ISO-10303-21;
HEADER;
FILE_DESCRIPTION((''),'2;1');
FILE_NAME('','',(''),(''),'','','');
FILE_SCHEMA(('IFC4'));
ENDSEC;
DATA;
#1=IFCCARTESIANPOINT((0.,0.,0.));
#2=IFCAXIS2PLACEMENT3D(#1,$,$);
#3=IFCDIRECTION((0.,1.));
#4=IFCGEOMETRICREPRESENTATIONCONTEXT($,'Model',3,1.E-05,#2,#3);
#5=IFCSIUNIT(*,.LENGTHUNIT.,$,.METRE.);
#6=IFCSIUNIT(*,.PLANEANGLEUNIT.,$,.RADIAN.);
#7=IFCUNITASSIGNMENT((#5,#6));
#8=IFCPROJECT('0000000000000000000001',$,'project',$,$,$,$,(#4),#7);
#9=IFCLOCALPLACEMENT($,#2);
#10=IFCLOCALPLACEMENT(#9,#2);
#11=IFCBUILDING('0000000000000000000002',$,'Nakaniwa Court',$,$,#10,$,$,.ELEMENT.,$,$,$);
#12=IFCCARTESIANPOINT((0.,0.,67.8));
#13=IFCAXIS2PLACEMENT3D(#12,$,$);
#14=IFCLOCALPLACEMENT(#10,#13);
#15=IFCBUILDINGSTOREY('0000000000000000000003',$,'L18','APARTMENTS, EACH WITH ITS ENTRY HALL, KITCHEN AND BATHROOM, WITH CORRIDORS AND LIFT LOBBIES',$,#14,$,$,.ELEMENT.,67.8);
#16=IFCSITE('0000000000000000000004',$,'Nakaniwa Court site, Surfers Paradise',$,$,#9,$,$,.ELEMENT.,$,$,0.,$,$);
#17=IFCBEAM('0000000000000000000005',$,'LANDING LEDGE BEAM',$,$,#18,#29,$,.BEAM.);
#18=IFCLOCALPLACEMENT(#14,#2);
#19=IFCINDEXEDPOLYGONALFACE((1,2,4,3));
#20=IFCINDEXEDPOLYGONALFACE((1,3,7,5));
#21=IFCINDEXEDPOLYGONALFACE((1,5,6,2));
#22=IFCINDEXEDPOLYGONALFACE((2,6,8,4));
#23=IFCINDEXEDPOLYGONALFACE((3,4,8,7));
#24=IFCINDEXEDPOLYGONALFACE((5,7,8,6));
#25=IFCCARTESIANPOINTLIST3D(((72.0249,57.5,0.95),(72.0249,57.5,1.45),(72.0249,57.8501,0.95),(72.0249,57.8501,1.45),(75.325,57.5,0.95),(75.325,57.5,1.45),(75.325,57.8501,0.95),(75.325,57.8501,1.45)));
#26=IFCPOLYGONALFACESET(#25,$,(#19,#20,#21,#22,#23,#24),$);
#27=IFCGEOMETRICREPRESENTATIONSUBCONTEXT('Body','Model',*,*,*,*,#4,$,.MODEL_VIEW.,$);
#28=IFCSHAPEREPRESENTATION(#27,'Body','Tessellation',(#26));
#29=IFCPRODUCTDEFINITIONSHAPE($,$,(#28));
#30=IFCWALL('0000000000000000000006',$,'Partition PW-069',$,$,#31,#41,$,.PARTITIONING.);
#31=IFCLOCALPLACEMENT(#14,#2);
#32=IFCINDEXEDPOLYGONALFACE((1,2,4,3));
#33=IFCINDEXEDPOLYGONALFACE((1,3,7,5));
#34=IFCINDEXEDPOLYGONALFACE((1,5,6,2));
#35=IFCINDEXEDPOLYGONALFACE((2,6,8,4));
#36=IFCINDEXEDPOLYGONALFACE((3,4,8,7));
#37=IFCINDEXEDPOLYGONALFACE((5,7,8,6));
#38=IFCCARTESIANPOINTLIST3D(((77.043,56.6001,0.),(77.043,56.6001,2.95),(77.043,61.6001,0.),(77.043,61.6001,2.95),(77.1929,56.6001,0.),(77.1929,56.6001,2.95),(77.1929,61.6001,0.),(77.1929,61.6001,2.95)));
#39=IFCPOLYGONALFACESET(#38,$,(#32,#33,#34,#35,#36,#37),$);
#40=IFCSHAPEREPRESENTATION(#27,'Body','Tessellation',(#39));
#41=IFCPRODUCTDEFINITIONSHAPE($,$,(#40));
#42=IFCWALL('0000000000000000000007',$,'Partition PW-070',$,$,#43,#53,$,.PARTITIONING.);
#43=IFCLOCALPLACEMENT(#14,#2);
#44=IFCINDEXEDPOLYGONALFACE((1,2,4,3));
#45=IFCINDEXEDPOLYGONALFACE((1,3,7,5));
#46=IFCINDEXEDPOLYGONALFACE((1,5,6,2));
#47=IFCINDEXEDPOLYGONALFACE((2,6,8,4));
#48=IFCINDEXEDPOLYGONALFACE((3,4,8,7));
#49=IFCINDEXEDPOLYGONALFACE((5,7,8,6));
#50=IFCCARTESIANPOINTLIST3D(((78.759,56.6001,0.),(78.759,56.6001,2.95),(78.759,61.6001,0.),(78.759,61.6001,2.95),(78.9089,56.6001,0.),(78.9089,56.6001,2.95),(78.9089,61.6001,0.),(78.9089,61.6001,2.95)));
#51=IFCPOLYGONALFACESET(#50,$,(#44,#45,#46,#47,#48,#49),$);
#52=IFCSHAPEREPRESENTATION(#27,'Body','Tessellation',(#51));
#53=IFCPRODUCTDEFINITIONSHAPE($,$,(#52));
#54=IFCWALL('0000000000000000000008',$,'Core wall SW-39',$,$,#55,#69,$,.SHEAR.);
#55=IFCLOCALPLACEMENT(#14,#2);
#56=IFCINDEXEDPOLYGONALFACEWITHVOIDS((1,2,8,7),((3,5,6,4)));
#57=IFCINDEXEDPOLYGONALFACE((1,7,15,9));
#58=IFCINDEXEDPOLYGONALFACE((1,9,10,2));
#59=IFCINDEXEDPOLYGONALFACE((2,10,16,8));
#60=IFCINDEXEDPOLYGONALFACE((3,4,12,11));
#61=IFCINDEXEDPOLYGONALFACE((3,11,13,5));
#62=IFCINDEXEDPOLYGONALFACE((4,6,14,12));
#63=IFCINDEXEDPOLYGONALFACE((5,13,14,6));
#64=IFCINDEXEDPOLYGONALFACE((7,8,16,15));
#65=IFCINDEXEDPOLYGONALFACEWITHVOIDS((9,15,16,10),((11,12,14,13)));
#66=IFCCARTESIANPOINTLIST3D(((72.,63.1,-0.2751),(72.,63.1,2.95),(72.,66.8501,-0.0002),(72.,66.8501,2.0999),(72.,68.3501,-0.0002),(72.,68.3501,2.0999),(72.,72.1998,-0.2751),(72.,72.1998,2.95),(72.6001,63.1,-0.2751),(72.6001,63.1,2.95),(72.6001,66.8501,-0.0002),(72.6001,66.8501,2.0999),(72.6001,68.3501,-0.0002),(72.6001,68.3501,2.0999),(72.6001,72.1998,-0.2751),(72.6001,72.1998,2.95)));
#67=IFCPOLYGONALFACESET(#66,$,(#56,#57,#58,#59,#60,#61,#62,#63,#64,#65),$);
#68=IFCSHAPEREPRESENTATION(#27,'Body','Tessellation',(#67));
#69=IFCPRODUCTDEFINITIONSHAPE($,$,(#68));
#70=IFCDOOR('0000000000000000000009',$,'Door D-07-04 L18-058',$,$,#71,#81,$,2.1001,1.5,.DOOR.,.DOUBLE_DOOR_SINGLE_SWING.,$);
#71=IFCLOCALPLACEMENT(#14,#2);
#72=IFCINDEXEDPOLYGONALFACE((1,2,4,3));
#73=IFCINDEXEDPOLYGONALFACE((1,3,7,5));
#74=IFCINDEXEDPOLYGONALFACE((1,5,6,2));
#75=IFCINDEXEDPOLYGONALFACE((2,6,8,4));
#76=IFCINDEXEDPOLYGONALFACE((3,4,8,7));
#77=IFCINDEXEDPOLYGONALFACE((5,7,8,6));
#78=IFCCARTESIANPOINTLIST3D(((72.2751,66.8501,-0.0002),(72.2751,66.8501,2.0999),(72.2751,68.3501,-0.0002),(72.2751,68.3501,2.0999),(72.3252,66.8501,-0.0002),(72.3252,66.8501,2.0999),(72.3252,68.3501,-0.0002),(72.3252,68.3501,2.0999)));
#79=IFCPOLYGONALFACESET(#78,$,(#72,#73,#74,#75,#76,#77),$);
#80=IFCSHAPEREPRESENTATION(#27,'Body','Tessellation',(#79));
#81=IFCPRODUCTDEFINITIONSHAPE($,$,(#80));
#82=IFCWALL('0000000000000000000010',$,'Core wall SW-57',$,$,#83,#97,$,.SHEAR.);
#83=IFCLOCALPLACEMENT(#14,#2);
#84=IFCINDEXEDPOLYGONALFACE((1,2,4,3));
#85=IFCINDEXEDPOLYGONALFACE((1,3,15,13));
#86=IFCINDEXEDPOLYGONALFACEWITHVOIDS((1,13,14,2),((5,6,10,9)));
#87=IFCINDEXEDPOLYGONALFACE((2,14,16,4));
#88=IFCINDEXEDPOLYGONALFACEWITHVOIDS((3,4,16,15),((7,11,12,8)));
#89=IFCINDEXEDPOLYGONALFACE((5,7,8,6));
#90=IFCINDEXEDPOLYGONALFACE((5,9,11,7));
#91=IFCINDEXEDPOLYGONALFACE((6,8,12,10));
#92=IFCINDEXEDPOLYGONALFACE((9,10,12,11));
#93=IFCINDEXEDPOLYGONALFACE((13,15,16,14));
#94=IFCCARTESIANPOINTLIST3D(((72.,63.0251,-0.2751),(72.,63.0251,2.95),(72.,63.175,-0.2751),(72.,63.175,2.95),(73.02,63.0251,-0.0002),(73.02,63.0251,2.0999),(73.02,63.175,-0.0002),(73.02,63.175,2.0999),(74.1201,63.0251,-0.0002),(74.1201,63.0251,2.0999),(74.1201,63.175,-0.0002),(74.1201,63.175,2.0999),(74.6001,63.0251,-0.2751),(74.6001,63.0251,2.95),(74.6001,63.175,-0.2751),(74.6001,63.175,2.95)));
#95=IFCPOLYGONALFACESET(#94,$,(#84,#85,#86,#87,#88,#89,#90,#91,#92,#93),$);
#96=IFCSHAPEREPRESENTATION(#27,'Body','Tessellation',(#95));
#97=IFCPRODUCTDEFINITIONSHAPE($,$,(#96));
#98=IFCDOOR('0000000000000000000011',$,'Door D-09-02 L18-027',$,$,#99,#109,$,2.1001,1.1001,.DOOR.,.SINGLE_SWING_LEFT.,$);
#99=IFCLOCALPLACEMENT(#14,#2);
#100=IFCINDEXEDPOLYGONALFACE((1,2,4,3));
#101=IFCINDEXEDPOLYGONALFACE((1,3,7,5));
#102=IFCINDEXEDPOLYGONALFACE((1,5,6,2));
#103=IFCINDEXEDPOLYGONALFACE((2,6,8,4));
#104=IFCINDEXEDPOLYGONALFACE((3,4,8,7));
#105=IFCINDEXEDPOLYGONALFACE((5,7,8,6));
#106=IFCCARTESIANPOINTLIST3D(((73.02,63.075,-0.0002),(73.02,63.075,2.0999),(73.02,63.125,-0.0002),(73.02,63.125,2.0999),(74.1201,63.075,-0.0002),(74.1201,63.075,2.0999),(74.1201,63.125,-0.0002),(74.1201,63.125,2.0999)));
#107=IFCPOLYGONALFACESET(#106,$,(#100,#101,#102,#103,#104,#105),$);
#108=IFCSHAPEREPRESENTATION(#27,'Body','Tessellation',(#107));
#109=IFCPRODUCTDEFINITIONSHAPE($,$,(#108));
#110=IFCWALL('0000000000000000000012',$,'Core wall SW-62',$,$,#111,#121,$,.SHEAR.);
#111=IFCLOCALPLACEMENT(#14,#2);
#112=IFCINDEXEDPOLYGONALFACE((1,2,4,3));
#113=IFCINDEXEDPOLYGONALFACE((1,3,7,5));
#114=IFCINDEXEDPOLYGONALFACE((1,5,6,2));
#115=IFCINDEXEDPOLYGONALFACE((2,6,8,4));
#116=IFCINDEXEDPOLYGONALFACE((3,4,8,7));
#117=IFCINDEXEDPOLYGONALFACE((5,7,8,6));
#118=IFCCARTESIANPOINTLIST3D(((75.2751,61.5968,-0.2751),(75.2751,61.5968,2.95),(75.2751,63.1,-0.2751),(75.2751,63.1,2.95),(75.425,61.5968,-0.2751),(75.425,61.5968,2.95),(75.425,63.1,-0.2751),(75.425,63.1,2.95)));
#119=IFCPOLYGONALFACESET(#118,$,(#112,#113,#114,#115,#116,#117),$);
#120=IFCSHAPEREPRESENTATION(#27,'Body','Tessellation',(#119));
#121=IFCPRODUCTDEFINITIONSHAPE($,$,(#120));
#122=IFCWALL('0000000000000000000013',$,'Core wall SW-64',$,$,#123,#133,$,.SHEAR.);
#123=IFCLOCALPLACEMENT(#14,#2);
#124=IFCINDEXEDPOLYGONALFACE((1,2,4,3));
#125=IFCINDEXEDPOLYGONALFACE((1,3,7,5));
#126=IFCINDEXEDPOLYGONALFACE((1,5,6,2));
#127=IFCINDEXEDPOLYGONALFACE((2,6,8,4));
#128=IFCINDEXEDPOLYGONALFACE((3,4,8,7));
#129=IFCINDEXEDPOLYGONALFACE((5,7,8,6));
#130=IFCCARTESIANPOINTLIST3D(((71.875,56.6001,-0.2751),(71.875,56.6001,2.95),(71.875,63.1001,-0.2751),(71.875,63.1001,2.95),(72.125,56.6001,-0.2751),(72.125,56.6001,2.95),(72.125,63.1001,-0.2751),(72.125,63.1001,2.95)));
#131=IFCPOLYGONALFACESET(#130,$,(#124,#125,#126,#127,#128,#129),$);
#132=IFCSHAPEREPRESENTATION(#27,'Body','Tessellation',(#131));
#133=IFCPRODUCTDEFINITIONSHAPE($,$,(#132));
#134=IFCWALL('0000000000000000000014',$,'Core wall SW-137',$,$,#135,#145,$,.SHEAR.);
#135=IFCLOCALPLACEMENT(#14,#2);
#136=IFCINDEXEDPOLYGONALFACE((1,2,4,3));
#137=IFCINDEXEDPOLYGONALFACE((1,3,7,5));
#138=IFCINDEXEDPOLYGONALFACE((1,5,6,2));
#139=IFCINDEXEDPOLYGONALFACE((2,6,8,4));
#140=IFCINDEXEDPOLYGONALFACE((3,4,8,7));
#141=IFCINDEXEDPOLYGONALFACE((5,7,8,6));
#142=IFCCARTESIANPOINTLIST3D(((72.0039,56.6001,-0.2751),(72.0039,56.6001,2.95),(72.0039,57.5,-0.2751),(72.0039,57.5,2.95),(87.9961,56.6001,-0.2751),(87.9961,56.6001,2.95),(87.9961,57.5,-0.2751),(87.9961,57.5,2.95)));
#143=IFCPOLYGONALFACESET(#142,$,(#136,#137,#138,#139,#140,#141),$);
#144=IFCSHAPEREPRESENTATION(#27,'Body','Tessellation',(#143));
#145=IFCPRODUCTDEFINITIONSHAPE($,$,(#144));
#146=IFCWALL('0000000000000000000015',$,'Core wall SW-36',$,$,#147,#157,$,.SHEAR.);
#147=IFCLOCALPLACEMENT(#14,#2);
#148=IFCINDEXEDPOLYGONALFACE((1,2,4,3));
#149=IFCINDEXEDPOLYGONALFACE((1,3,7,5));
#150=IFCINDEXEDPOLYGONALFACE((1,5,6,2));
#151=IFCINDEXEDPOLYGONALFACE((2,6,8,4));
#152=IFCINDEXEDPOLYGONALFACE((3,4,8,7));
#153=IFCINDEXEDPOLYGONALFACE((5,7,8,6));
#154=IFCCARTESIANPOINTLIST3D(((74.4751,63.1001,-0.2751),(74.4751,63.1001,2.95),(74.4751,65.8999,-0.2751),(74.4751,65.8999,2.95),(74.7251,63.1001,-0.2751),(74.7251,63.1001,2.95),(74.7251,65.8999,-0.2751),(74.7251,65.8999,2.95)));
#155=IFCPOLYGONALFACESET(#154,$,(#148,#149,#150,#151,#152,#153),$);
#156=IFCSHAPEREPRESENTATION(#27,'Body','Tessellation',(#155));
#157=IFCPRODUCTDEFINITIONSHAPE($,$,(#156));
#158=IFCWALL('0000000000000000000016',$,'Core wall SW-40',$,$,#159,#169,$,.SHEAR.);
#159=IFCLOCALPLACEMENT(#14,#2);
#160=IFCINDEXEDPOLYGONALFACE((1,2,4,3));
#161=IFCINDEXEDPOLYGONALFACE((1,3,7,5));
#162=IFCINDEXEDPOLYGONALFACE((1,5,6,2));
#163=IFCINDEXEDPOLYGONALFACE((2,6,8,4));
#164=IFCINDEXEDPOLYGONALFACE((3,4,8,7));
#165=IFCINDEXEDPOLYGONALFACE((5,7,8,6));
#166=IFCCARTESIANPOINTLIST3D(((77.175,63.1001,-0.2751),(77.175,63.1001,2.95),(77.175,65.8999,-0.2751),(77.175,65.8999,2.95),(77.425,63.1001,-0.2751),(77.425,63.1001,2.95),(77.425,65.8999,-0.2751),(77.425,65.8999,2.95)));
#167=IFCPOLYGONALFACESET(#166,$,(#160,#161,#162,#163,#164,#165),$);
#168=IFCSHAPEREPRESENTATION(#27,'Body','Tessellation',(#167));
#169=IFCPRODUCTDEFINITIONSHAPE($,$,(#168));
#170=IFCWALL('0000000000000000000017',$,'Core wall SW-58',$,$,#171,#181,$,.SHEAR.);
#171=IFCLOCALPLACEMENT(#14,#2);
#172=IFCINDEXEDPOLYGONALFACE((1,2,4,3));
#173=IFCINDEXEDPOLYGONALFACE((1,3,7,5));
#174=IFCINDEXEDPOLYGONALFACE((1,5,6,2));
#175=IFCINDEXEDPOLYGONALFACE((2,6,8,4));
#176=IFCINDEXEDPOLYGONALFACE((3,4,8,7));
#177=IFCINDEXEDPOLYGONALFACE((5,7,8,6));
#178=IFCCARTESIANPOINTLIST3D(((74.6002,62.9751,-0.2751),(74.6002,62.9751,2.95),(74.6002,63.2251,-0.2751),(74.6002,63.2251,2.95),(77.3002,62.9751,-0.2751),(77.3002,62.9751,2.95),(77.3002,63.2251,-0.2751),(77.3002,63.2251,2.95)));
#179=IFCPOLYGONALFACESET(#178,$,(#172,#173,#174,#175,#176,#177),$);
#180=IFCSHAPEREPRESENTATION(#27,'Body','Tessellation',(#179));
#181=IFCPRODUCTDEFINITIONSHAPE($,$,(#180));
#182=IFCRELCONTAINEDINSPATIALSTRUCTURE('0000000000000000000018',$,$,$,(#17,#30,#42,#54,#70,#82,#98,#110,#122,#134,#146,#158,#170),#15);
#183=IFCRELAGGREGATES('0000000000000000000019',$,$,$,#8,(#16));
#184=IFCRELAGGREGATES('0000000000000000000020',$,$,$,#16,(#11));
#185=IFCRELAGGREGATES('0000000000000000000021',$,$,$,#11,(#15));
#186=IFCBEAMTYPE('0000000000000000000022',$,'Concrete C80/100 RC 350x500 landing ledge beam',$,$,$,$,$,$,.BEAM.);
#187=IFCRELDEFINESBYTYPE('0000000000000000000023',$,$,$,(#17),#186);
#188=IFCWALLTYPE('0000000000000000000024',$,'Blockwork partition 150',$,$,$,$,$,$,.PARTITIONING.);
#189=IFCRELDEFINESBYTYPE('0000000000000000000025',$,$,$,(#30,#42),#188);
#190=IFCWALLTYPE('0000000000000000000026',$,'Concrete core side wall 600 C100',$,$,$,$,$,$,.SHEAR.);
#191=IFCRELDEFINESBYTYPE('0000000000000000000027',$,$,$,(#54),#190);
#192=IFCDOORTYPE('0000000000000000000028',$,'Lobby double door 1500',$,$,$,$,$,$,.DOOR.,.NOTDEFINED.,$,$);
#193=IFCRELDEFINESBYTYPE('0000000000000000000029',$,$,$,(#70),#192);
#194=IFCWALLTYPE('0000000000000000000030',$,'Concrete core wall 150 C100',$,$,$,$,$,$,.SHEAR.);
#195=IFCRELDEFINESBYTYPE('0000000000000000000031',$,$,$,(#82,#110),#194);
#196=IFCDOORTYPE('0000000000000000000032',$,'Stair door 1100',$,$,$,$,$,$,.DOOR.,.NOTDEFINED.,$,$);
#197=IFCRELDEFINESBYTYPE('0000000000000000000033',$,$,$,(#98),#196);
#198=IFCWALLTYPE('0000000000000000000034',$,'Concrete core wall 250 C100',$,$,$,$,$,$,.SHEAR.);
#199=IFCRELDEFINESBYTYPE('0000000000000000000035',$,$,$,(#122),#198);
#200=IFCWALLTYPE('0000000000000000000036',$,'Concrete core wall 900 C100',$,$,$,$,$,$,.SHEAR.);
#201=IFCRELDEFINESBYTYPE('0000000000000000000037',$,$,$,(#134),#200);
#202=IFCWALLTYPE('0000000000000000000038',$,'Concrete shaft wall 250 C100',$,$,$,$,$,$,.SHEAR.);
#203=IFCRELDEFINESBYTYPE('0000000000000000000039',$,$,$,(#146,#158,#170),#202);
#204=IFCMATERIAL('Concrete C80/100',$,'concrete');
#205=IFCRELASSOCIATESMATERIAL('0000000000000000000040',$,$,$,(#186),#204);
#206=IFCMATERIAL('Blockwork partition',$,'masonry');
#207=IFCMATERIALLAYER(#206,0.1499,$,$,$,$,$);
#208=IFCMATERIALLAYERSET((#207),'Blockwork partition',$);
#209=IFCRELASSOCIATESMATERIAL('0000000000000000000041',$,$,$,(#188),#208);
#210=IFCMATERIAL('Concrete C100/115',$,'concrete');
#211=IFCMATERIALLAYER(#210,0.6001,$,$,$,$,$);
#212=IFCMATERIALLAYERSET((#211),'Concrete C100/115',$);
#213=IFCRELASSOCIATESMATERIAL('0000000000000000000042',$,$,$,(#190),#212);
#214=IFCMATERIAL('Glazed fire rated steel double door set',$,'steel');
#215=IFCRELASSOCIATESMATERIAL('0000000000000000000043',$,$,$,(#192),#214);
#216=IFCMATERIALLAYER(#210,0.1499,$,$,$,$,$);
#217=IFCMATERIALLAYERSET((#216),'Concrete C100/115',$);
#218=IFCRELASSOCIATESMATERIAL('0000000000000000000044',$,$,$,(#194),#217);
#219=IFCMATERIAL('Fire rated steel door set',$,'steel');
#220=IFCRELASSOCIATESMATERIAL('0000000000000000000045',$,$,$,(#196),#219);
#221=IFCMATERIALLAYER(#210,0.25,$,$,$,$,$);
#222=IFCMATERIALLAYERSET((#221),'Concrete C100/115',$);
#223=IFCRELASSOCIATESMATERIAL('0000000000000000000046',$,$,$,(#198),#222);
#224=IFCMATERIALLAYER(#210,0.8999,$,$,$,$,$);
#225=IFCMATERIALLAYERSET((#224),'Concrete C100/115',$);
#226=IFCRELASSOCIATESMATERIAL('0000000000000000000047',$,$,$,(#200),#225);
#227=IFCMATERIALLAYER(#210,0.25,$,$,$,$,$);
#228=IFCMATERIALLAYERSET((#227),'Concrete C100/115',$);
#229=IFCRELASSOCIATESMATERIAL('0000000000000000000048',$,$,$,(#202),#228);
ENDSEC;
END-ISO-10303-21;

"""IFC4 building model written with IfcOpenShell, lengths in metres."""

from ifc_helpers import new_model, si_unit, direction, frame, frame_2d, origin, origin_2d, place, context, subcontext, project, spatial, rectangle, extrude, material, layer, layer_set, material_profile, profile_set, type_object, element, fill, save


model = new_model("IFC4")

# Units and contexts
model_context = context("Model", 3, precision=1e-05, world=origin(), true_north=direction((0.0, 1.0)))
body_context = subcontext(model_context, "Body", "Model", "MODEL_VIEW")
ifc_project = project(units=[si_unit("LENGTHUNIT", "METRE"), si_unit("PLANEANGLEUNIT", "RADIAN")], contexts=[model_context])

# Site, building, storey
site_placement = place(None, origin())
site = spatial("IfcSite", under=ifc_project, at=site_placement, Name="Nakaniwa Court site, Surfers Paradise", CompositionType="ELEMENT", RefElevation=0.0)
building_placement = place(site_placement, origin())
building = spatial("IfcBuilding", under=site, at=building_placement, Name="Nakaniwa Court", CompositionType="ELEMENT")
storey_placement = place(building_placement, frame((0.0, 0.0, 67.8)))
storey = spatial("IfcBuildingStorey", under=building, at=storey_placement, Name="L18", Description="APARTMENTS, EACH WITH ITS ENTRY HALL, KITCHEN AND BATHROOM, WITH CORRIDORS AND LIFT LOBBIES", CompositionType="ELEMENT", Elevation=67.8)

# Beam
ifc_material_1 = material(Name="Concrete C80/100", Category="concrete")
ifc_material_profile = material_profile(ifc_material_1, rectangle(XDim=0.3501, YDim=0.5, at=origin_2d()), Name="Concrete C80/100 RC 350x500 landing ledge beam")
ifc_profile_set = profile_set([ifc_material_profile], Name="Concrete C80/100")
beam_type = type_object("IfcBeamType", Name="Concrete C80/100 RC 350x500 landing ledge beam", PredefinedType="BEAM", material=ifc_profile_set)
beam_placement = place(storey_placement, frame((72.0249, 57.675, 1.2), z_axis=(1.0, 0.0, 0.0), x_axis=(0.0, 1.0, 0.0)))
element("IfcBeam", 1, at=beam_placement, inside=storey, type_object=beam_type, Name="LANDING LEDGE BEAM", PredefinedType="BEAM", context=body_context, shape_type="SweptSolid", body=[
    extrude(rectangle(XDim=0.3501, YDim=0.5, at=origin_2d()), origin(), (0.0, 0.0, 1.0), 3.3),
])

# Walls
ifc_material_2 = material(Name="Blockwork partition", Category="masonry")
ifc_layer_1 = layer(ifc_material_2, 0.1499)
ifc_layer_set_1 = layer_set([ifc_layer_1], Name="Blockwork partition")
wall_type_1 = type_object("IfcWallType", Name="Blockwork partition 150", PredefinedType="PARTITIONING", material=ifc_layer_set_1)
for number, where, z_axis, x_axis, name in (
    (2, (77.1179, 56.6001, 0.0), (0.0, 0.0, 1.0), (0.0, 1.0, 0.0), "Partition PW-069"),
    (3, (78.834, 56.6001, 0.0), (0.0, 0.0, 1.0), (0.0, 1.0, 0.0), "Partition PW-070"),
):
    element("IfcWall", number, at=place(storey_placement, frame(where, z_axis=z_axis, x_axis=x_axis)), inside=storey, type_object=wall_type_1, Name=name, PredefinedType="PARTITIONING", context=body_context, shape_type="SweptSolid", body=[
        extrude(rectangle(XDim=5.0, YDim=0.1499, at=frame_2d((2.5, 0.0))), origin(), (0.0, 0.0, 1.0), 2.95),
    ])

# Walls, openings, doors
ifc_material_3 = material(Name="Concrete C100/115", Category="concrete")
ifc_layer_2 = layer(ifc_material_3, 0.6001)
ifc_layer_set_2 = layer_set([ifc_layer_2], Name="Concrete C100/115")
wall_type_2 = type_object("IfcWallType", Name="Concrete core side wall 600 C100", PredefinedType="SHEAR", material=ifc_layer_set_2)
wall_1_placement = place(storey_placement, frame((72.3, 63.1001, -0.2751), z_axis=(0.0, 0.0, 1.0), x_axis=(0.0, 1.0, 0.0)))
wall_1 = element("IfcWall", 4, at=wall_1_placement, inside=storey, type_object=wall_type_2, Name="Core wall SW-39", PredefinedType="SHEAR", context=body_context, shape_type="SweptSolid", body=[
    extrude(rectangle(XDim=9.0999, YDim=0.6001, at=frame_2d((4.5498, 0.0))), origin(), (0.0, 0.0, 1.0), 3.2251),
])
opening_1_placement = place(wall_1_placement, frame((3.75, 0.0, 0.2749)))
opening_1 = element("IfcOpeningElement", 5, at=opening_1_placement, cuts=wall_1, PredefinedType="OPENING", context=body_context, shape_type="SweptSolid", body=[
    extrude(rectangle(XDim=1.5, YDim=2.1001, at=frame_2d((0.75, 1.05))), frame((0.0, 0.3101, 0.0), z_axis=(0.0, -1.0, 0.0), x_axis=(1.0, 0.0, 0.0)), (0.0, 0.0, 1.0), 0.6201),
])
ifc_material_4 = material(Name="Glazed fire rated steel double door set", Category="steel")
door_type_1 = type_object("IfcDoorType", Name="Lobby double door 1500", OperationType="NOTDEFINED", PredefinedType="DOOR", material=ifc_material_4)
door_1_placement = place(opening_1_placement, origin())
door_1 = element("IfcDoor", 6, at=door_1_placement, inside=storey, type_object=door_type_1, Name="Door D-07-04 L18-058", OperationType="DOUBLE_DOOR_SINGLE_SWING", OverallHeight=2.1001, OverallWidth=1.5, PredefinedType="DOOR", context=body_context, shape_type="SweptSolid", body=[
    extrude(rectangle(XDim=1.5, YDim=2.1001, at=frame_2d((0.75, 1.05))), frame((0.0, 0.0249, 0.0), z_axis=(0.0, -1.0, 0.0), x_axis=(1.0, 0.0, 0.0)), (0.0, 0.0, 1.0), 0.05),
])
fill(opening_1, door_1)
ifc_layer_3 = layer(ifc_material_3, 0.1499)
ifc_layer_set_3 = layer_set([ifc_layer_3], Name="Concrete C100/115")
wall_type_3 = type_object("IfcWallType", Name="Concrete core wall 150 C100", PredefinedType="SHEAR", material=ifc_layer_set_3)
wall_2_placement = place(storey_placement, frame((72.0, 63.1001, -0.2751), z_axis=(0.0, 0.0, 1.0), x_axis=(1.0, 0.0, 0.0)))
wall_2 = element("IfcWall", 7, at=wall_2_placement, inside=storey, type_object=wall_type_3, Name="Core wall SW-57", PredefinedType="SHEAR", context=body_context, shape_type="SweptSolid", body=[
    extrude(rectangle(XDim=2.6001, YDim=0.1499, at=frame_2d((1.3, 0.0))), origin(), (0.0, 0.0, 1.0), 3.2251),
])
opening_2_placement = place(wall_2_placement, frame((1.02, 0.0, 0.2749)))
opening_2 = element("IfcOpeningElement", 8, at=opening_2_placement, cuts=wall_2, PredefinedType="OPENING", context=body_context, shape_type="SweptSolid", body=[
    extrude(rectangle(XDim=1.1001, YDim=2.1001, at=frame_2d((0.55, 1.05))), frame((0.0, 0.085, 0.0), z_axis=(0.0, -1.0, 0.0), x_axis=(1.0, 0.0, 0.0)), (0.0, 0.0, 1.0), 0.1699),
])
ifc_material_5 = material(Name="Fire rated steel door set", Category="steel")
door_type_2 = type_object("IfcDoorType", Name="Stair door 1100", OperationType="NOTDEFINED", PredefinedType="DOOR", material=ifc_material_5)
door_2_placement = place(opening_2_placement, origin())
door_2 = element("IfcDoor", 9, at=door_2_placement, inside=storey, type_object=door_type_2, Name="Door D-09-02 L18-027", OperationType="SINGLE_SWING_LEFT", OverallHeight=2.1001, OverallWidth=1.1001, PredefinedType="DOOR", context=body_context, shape_type="SweptSolid", body=[
    extrude(rectangle(XDim=1.1001, YDim=2.1001, at=frame_2d((0.55, 1.05))), frame((0.0, 0.0249, 0.0), z_axis=(0.0, -1.0, 0.0), x_axis=(1.0, 0.0, 0.0)), (0.0, 0.0, 1.0), 0.05),
])
fill(opening_2, door_2)

# Walls
wall_3_placement = place(storey_placement, frame((75.3501, 61.5969, -0.2751), z_axis=(0.0, 0.0, 1.0), x_axis=(0.0, 1.0, 0.0)))
element("IfcWall", 10, at=wall_3_placement, inside=storey, type_object=wall_type_3, Name="Core wall SW-62", PredefinedType="SHEAR", context=body_context, shape_type="SweptSolid", body=[
    extrude(rectangle(XDim=1.5032, YDim=0.1499, at=frame_2d((0.7515, 0.0))), origin(), (0.0, 0.0, 1.0), 3.2251),
])
ifc_layer_4 = layer(ifc_material_3, 0.25)
ifc_layer_set_4 = layer_set([ifc_layer_4], Name="Concrete C100/115")
wall_type_4 = type_object("IfcWallType", Name="Concrete core wall 250 C100", PredefinedType="SHEAR", material=ifc_layer_set_4)
wall_4_placement = place(storey_placement, frame((72.0, 56.6001, -0.2751), z_axis=(0.0, 0.0, 1.0), x_axis=(0.0, 1.0, 0.0)))
element("IfcWall", 11, at=wall_4_placement, inside=storey, type_object=wall_type_4, Name="Core wall SW-64", PredefinedType="SHEAR", context=body_context, shape_type="SweptSolid", body=[
    extrude(rectangle(XDim=6.5, YDim=0.25, at=frame_2d((3.25, 0.0))), origin(), (0.0, 0.0, 1.0), 3.2251),
])
ifc_layer_5 = layer(ifc_material_3, 0.8999)
ifc_layer_set_5 = layer_set([ifc_layer_5], Name="Concrete C100/115")
wall_type_5 = type_object("IfcWallType", Name="Concrete core wall 900 C100", PredefinedType="SHEAR", material=ifc_layer_set_5)
wall_5_placement = place(storey_placement, frame((72.0039, 57.05, -0.2751), z_axis=(0.0, 0.0, 1.0), x_axis=(1.0, 0.0, 0.0)))
element("IfcWall", 12, at=wall_5_placement, inside=storey, type_object=wall_type_5, Name="Core wall SW-137", PredefinedType="SHEAR", context=body_context, shape_type="SweptSolid", body=[
    extrude(rectangle(XDim=15.9922, YDim=0.8999, at=frame_2d((7.9961, 0.0))), origin(), (0.0, 0.0, 1.0), 3.2251),
])
ifc_layer_6 = layer(ifc_material_3, 0.25)
ifc_layer_set_6 = layer_set([ifc_layer_6], Name="Concrete C100/115")
wall_type_6 = type_object("IfcWallType", Name="Concrete shaft wall 250 C100", PredefinedType="SHEAR", material=ifc_layer_set_6)
for number, where, z_axis, x_axis, name in (
    (13, (74.6001, 63.1001, -0.2751), (0.0, 0.0, 1.0), (0.0, 1.0, 0.0), "Core wall SW-36"),
    (14, (77.3, 63.1001, -0.2751), (0.0, 0.0, 1.0), (0.0, 1.0, 0.0), "Core wall SW-40"),
):
    element("IfcWall", number, at=place(storey_placement, frame(where, z_axis=z_axis, x_axis=x_axis)), inside=storey, type_object=wall_type_6, Name=name, PredefinedType="SHEAR", context=body_context, shape_type="SweptSolid", body=[
        extrude(rectangle(XDim=2.7998, YDim=0.25, at=frame_2d((1.3999, 0.0))), origin(), (0.0, 0.0, 1.0), 3.2251),
    ])
wall_6_placement = place(storey_placement, frame((74.6001, 63.1001, -0.2751), z_axis=(0.0, 0.0, 1.0), x_axis=(1.0, 0.0, 0.0)))
element("IfcWall", 15, at=wall_6_placement, inside=storey, type_object=wall_type_6, Name="Core wall SW-58", PredefinedType="SHEAR", context=body_context, shape_type="SweptSolid", body=[
    extrude(rectangle(XDim=2.7, YDim=0.25, at=frame_2d((1.3501, 0.0))), origin(), (0.0, 0.0, 1.0), 3.2251),
])

save(model, "model.ifc")
